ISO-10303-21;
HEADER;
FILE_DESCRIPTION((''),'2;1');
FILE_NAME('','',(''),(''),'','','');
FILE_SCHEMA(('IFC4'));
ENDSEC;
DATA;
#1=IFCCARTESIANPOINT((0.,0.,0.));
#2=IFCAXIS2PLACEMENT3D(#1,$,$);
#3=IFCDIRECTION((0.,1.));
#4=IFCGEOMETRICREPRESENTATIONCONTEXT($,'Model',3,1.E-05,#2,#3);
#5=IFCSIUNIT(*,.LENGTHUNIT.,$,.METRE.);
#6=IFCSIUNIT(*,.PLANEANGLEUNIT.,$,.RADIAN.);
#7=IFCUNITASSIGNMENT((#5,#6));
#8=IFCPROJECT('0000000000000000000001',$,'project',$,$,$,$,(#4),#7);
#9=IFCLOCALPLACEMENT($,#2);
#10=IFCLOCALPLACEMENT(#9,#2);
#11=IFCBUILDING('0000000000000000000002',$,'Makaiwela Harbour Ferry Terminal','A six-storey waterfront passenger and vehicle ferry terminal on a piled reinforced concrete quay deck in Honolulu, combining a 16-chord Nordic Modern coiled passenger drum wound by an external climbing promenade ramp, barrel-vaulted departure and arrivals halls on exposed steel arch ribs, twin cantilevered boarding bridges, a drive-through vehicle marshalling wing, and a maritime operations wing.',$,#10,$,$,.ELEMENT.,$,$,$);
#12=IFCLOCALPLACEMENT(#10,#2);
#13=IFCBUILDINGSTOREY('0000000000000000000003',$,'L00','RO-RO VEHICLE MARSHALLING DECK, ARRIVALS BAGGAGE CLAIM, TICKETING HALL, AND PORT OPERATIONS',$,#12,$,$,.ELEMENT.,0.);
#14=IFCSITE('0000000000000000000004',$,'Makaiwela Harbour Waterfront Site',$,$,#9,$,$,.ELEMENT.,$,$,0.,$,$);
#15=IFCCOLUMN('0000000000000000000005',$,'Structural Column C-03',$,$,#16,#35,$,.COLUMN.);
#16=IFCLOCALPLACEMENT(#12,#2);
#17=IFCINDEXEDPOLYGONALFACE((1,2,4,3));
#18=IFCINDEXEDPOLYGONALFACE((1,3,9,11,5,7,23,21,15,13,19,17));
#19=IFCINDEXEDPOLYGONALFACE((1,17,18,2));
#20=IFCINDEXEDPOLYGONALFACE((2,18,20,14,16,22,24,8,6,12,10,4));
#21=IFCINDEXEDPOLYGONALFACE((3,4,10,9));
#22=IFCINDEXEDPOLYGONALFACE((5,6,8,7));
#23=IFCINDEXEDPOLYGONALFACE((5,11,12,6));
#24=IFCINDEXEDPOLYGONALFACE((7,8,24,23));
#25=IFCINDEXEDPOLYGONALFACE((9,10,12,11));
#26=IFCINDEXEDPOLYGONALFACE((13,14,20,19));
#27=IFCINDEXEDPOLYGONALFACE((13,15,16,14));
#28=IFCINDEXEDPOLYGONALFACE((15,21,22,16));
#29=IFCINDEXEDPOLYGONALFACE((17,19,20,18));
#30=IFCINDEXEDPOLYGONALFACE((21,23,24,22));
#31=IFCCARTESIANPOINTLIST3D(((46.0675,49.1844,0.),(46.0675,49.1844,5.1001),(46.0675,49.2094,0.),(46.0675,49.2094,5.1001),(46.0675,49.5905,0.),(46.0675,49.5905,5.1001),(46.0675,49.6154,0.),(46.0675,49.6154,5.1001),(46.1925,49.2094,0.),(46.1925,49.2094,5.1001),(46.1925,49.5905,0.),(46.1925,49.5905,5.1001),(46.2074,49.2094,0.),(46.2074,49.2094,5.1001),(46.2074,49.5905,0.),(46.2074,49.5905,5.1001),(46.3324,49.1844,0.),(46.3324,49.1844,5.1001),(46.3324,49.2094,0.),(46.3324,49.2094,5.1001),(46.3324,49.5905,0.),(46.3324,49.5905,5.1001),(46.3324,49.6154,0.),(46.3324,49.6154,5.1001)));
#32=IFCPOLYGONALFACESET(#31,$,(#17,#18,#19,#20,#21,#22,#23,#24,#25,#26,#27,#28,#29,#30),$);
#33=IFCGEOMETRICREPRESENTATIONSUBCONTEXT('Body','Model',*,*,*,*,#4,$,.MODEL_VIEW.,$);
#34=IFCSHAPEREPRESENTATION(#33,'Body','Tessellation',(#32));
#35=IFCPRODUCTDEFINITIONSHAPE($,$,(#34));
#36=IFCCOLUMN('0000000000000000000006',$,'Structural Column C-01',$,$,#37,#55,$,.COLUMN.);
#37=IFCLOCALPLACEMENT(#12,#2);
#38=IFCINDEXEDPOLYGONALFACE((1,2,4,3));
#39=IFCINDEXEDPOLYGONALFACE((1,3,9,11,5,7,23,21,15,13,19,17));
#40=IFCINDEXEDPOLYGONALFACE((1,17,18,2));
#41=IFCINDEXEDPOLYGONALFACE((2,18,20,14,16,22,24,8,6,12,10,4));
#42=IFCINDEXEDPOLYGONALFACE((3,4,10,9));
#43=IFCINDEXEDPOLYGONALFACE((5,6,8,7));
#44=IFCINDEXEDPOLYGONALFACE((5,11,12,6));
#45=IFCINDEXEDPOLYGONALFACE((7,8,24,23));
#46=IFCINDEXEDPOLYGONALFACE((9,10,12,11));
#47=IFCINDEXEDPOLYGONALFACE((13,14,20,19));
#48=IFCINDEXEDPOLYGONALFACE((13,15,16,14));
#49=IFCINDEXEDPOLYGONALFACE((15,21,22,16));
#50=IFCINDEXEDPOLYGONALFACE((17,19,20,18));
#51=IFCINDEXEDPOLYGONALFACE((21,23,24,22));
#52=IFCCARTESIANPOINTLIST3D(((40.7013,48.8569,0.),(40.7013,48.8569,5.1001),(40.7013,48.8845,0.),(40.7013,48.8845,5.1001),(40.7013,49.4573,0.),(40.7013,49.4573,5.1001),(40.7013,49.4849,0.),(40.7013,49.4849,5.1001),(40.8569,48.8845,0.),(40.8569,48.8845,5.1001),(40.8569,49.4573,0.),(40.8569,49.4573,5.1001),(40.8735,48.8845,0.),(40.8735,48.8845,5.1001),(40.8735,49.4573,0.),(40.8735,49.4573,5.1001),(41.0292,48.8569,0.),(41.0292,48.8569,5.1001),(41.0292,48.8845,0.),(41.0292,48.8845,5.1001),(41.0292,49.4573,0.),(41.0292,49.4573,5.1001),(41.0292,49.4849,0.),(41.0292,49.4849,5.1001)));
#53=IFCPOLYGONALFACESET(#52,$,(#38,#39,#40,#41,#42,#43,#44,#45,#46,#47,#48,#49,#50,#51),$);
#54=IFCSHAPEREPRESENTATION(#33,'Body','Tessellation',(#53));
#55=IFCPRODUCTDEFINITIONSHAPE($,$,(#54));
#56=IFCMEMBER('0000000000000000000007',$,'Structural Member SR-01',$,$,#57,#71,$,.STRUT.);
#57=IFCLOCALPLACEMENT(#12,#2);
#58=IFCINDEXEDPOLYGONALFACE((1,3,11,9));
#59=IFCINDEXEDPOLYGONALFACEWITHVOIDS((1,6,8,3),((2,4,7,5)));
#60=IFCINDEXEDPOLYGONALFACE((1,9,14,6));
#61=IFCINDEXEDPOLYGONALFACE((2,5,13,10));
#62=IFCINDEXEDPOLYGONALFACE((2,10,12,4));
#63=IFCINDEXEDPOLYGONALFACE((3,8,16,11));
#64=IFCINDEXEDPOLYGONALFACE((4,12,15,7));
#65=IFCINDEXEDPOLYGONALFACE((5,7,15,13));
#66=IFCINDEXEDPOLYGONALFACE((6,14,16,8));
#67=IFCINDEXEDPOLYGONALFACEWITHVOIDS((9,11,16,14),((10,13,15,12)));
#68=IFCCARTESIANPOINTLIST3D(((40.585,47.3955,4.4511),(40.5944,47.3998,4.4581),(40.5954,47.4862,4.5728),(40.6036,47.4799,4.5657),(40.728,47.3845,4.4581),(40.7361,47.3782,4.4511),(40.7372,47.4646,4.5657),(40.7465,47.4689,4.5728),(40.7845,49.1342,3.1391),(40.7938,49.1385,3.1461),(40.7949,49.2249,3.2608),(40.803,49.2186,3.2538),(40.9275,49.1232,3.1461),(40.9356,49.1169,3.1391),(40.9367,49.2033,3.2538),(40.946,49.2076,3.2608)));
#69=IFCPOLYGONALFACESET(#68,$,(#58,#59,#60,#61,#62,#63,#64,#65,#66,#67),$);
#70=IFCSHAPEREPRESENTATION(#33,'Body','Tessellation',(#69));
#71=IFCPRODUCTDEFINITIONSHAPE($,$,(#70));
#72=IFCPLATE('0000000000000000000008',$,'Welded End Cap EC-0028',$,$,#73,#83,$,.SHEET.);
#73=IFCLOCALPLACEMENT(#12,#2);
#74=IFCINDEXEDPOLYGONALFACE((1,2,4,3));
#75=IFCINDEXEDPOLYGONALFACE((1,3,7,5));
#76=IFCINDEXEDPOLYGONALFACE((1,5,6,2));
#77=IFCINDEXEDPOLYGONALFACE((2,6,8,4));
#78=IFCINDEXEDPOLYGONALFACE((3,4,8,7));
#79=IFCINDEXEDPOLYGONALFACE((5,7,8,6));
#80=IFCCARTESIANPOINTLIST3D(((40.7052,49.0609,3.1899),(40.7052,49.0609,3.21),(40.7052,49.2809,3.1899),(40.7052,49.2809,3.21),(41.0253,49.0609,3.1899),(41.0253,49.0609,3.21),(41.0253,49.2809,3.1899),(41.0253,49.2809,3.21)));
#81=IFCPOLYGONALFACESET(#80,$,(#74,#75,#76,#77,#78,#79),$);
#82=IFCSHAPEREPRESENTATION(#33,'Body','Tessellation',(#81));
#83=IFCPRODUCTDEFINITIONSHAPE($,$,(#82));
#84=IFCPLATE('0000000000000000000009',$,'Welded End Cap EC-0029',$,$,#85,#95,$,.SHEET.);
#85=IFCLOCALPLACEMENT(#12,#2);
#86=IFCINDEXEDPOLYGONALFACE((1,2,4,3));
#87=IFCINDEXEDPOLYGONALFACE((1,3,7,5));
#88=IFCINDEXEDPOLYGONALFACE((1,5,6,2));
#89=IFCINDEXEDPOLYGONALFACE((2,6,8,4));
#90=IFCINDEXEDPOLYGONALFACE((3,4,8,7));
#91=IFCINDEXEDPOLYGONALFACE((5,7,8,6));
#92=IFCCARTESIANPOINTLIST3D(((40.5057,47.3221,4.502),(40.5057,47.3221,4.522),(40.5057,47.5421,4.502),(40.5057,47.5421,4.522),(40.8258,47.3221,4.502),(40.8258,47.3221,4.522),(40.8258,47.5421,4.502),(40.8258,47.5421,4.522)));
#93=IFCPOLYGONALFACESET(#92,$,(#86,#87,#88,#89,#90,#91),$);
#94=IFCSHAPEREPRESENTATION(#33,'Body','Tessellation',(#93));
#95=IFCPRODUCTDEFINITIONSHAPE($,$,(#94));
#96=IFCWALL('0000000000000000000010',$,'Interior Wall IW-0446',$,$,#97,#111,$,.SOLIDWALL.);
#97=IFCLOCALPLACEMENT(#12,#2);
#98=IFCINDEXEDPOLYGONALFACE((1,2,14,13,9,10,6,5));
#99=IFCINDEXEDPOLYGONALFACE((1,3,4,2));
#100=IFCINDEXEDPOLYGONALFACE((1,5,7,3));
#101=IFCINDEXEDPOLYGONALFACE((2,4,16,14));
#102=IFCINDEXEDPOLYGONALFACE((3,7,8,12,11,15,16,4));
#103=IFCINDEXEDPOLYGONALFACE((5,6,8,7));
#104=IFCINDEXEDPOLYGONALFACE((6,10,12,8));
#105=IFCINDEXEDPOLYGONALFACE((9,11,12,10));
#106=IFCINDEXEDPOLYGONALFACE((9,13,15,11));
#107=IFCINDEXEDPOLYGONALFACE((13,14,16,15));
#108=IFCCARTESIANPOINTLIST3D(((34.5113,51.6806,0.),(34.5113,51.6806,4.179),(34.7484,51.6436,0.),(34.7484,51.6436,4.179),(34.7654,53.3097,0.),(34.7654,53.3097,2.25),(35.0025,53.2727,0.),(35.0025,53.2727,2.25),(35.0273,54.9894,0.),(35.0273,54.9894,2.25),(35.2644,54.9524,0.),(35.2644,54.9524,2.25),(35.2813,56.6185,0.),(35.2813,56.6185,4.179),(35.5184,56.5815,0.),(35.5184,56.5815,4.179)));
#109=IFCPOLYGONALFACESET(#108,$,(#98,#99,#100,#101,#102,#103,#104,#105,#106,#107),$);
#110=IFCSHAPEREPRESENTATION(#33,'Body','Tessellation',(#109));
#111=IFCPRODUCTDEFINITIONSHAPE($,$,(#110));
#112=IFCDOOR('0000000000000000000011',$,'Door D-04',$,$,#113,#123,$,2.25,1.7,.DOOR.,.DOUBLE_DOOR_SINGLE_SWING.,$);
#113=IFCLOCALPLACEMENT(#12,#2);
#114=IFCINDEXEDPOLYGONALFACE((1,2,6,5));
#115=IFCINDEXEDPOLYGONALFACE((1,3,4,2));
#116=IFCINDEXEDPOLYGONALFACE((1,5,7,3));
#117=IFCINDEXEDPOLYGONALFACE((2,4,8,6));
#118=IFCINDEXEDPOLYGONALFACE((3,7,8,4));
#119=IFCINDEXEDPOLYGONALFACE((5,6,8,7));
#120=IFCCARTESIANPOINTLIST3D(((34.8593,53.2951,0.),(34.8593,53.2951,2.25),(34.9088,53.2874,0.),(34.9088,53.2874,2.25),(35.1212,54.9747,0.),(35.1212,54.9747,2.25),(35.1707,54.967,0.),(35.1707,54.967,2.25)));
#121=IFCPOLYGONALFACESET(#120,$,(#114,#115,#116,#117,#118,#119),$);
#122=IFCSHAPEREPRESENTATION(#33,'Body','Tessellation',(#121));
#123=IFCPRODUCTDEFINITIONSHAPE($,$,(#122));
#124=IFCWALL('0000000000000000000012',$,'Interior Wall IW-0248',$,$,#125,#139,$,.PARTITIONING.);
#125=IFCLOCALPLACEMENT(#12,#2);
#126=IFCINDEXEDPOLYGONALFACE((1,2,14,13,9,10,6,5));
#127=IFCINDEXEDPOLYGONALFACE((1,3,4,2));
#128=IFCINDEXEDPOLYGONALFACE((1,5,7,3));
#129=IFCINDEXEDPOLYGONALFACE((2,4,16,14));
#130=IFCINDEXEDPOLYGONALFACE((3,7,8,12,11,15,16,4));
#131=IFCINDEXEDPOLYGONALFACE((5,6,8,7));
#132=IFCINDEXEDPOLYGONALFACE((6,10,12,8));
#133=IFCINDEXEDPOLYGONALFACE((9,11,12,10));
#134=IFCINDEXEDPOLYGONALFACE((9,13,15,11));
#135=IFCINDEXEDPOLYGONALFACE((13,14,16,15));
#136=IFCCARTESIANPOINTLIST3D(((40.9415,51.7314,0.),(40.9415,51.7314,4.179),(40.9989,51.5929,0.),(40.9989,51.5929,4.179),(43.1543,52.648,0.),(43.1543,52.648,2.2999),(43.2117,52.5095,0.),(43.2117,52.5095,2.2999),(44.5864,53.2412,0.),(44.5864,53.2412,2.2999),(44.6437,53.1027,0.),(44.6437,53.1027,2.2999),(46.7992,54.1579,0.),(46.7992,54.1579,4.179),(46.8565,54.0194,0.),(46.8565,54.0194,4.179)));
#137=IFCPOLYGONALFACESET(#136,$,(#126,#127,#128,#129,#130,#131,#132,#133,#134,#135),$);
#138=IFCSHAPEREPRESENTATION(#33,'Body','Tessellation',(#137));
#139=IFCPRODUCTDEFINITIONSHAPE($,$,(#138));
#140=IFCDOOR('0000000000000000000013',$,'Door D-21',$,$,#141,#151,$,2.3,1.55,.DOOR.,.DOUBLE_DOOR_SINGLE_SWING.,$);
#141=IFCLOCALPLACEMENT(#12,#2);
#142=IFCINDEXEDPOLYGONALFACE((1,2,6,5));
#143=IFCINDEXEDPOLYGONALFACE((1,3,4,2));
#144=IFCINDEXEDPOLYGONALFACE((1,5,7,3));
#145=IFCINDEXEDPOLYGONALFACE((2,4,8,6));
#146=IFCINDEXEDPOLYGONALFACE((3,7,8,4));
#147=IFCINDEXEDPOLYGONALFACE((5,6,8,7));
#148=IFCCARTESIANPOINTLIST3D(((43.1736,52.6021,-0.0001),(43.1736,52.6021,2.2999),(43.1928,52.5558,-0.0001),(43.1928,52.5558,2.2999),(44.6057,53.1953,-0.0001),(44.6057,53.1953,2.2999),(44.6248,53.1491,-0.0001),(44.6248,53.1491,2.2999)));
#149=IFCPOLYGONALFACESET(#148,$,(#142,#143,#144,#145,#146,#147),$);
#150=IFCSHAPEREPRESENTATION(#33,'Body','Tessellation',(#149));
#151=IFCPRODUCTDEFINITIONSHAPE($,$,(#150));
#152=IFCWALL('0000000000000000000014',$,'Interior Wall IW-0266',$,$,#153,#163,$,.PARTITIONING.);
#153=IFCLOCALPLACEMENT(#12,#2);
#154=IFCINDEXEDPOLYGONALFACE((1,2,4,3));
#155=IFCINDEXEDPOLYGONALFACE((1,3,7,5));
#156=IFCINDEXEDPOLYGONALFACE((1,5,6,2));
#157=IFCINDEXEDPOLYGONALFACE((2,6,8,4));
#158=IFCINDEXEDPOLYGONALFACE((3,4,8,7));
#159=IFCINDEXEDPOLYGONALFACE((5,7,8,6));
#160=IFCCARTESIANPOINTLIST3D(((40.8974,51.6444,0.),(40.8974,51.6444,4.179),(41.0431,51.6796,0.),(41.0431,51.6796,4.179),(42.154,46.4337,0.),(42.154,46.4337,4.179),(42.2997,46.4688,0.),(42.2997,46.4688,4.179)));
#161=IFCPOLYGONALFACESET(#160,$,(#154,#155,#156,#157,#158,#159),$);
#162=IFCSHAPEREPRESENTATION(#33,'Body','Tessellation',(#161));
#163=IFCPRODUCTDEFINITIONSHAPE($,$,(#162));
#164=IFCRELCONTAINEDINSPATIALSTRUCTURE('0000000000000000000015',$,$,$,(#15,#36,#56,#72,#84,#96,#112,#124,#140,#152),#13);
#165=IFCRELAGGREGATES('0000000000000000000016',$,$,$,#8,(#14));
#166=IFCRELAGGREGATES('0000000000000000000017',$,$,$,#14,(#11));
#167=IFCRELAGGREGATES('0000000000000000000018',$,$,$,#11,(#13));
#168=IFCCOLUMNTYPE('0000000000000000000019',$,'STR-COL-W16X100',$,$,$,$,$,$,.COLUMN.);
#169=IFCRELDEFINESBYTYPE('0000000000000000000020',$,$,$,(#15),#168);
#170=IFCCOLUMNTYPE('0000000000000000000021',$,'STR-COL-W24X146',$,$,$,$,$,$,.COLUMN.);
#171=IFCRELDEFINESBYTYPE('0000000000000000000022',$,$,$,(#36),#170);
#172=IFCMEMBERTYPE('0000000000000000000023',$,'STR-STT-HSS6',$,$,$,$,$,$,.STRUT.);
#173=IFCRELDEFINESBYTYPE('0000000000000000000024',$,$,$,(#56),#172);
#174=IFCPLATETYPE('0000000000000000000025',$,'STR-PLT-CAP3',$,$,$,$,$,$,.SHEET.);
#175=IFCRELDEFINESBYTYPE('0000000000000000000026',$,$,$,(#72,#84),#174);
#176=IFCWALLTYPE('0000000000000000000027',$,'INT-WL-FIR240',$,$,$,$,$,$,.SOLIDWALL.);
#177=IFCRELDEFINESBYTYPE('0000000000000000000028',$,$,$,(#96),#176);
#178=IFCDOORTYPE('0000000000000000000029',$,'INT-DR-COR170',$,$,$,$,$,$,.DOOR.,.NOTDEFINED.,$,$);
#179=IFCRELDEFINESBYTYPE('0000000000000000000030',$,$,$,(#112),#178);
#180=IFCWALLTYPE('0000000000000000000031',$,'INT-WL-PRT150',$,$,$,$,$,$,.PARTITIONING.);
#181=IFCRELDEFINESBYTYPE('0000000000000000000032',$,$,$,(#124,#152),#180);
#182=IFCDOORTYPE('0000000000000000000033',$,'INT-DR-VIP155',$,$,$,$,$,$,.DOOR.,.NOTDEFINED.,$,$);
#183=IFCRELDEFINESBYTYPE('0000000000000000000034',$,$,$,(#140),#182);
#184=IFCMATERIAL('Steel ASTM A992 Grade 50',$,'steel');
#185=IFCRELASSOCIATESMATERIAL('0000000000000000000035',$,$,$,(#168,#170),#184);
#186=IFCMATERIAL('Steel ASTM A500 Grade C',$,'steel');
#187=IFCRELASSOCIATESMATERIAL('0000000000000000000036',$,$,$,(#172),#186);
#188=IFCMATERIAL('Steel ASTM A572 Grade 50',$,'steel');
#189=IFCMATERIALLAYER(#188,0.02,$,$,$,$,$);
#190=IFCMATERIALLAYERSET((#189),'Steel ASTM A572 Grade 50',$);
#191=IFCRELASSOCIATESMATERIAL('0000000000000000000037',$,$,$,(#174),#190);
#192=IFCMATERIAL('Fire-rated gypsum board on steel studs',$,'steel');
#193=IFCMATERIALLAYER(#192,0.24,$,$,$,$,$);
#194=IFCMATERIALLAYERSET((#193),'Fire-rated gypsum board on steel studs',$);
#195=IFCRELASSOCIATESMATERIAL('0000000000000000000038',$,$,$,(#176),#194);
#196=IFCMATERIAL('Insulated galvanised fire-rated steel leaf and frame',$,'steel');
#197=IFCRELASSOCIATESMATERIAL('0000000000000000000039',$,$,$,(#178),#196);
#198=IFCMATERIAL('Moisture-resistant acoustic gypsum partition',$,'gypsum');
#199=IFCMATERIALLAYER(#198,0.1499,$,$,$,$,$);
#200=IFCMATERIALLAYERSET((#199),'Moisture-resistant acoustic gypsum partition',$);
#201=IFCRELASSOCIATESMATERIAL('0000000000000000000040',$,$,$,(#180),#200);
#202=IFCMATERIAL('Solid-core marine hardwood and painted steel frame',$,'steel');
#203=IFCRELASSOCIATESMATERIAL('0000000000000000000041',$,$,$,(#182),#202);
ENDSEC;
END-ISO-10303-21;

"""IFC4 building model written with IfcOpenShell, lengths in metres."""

from ifc_helpers import new_model, si_unit, direction, frame, frame_2d, origin, origin_2d, place, context, subcontext, project, spatial, rectangle, hollow_rectangle, i_section, extrude, material, layer, layer_set, material_profile, profile_set, type_object, element, fill, save


model = new_model("IFC4")

# Units and contexts
model_context = context("Model", 3, precision=1e-05, world=origin(), true_north=direction((0.0, 1.0)))
body_context = subcontext(model_context, "Body", "Model", "MODEL_VIEW")
ifc_project = project(units=[si_unit("LENGTHUNIT", "METRE"), si_unit("PLANEANGLEUNIT", "RADIAN")], contexts=[model_context])

# Site, building, storey
site_placement = place(None, origin())
site = spatial("IfcSite", under=ifc_project, at=site_placement, Name="Makaiwela Harbour Waterfront Site", CompositionType="ELEMENT", RefElevation=0.0)
building_placement = place(site_placement, origin())
building = spatial("IfcBuilding", under=site, at=building_placement, Name="Makaiwela Harbour Ferry Terminal", Description="A six-storey waterfront passenger and vehicle ferry terminal on a piled reinforced concrete quay deck in Honolulu, combining a 16-chord Nordic Modern coiled passenger drum wound by an external climbing promenade ramp, barrel-vaulted departure and arrivals halls on exposed steel arch ribs, twin cantilevered boarding bridges, a drive-through vehicle marshalling wing, and a maritime operations wing.", CompositionType="ELEMENT")
storey_placement = place(building_placement, origin())
storey = spatial("IfcBuildingStorey", under=building, at=storey_placement, Name="L00", Description="RO-RO VEHICLE MARSHALLING DECK, ARRIVALS BAGGAGE CLAIM, TICKETING HALL, AND PORT OPERATIONS", CompositionType="ELEMENT", Elevation=0.0)

# Columns
ifc_material_1 = material(Name="Steel ASTM A992 Grade 50", Category="steel")
ifc_material_profile_1 = material_profile(ifc_material_1, i_section(OverallWidth=0.2649, OverallDepth=0.4309, WebThickness=0.0149, FlangeThickness=0.0249, at=origin_2d()), Name="W16X100")
ifc_profile_set_1 = profile_set([ifc_material_profile_1], Name="Steel ASTM A992 Grade 50")
column_type_1 = type_object("IfcColumnType", Name="STR-COL-W16X100", PredefinedType="COLUMN", material=ifc_profile_set_1)
for number, where, z_axis, x_axis, name in (
    (1, (46.2, 49.3999, 0.0), (0.0, 0.0, 1.0), (1.0, 0.0, 0.0), "Structural Column C-03"),
):
    element("IfcColumn", number, at=place(storey_placement, frame(where, z_axis=z_axis, x_axis=x_axis)), inside=storey, type_object=column_type_1, Name=name, PredefinedType="COLUMN", context=body_context, shape_type="SweptSolid", body=[
        extrude(i_section(OverallWidth=0.2649, OverallDepth=0.4309, WebThickness=0.0149, FlangeThickness=0.0249, at=origin_2d()), origin(), (0.0, 0.0, 1.0), 5.1001),
    ])
ifc_material_profile_2 = material_profile(ifc_material_1, i_section(OverallWidth=0.3279, OverallDepth=0.6279, WebThickness=0.0166, FlangeThickness=0.0276, at=origin_2d()), Name="W24X146")
ifc_profile_set_2 = profile_set([ifc_material_profile_2], Name="Steel ASTM A992 Grade 50")
column_type_2 = type_object("IfcColumnType", Name="STR-COL-W24X146", PredefinedType="COLUMN", material=ifc_profile_set_2)
column_placement = place(storey_placement, frame((40.8652, 49.1709, 0.0), z_axis=(0.0, 0.0, 1.0), x_axis=(1.0, 0.0, 0.0)))
element("IfcColumn", 2, at=column_placement, inside=storey, type_object=column_type_2, Name="Structural Column C-01", PredefinedType="COLUMN", context=body_context, shape_type="SweptSolid", body=[
    extrude(i_section(OverallWidth=0.3279, OverallDepth=0.6279, WebThickness=0.0166, FlangeThickness=0.0276, at=origin_2d()), origin(), (0.0, 0.0, 1.0), 5.1001),
])

# Member
ifc_material_2 = material(Name="Steel ASTM A500 Grade C", Category="steel")
ifc_material_profile_3 = material_profile(ifc_material_2, hollow_rectangle(XDim=0.1521, YDim=0.1521, WallThickness=0.0088, at=origin_2d()), Name="HSS6X6X3/8")
ifc_profile_set_3 = profile_set([ifc_material_profile_3], Name="Steel ASTM A500 Grade C")
member_type = type_object("IfcMemberType", Name="STR-STT-HSS6", PredefinedType="STRUT", material=ifc_profile_set_3)
member_placement = place(storey_placement, frame((40.8652, 49.1709, 3.2), z_axis=(-0.091189, -0.794922, 0.599819), x_axis=(0.993484, -0.113968, 0.0)))
element("IfcMember", 3, at=member_placement, inside=storey, type_object=member_type, Name="Structural Member SR-01", PredefinedType="STRUT", context=body_context, shape_type="SweptSolid", body=[
    extrude(hollow_rectangle(XDim=0.1521, YDim=0.1521, WallThickness=0.0088, at=origin_2d()), origin(), (0.0, 0.0, 1.0), 2.1873),
])

# Plates
ifc_material_3 = material(Name="Steel ASTM A572 Grade 50", Category="steel")
ifc_layer_1 = layer(ifc_material_3, 0.02)
ifc_layer_set_1 = layer_set([ifc_layer_1], Name="Steel ASTM A572 Grade 50")
plate_type = type_object("IfcPlateType", Name="STR-PLT-CAP3", PredefinedType="SHEET", material=ifc_layer_set_1)
for number, where, z_axis, x_axis, name in (
    (4, (40.8652, 49.1709, 3.1899), (0.0, 0.0, 1.0), (1.0, 0.0, 0.0), "Welded End Cap EC-0028"),
    (5, (40.6658, 47.4321, 4.502), (0.0, 0.0, 1.0), (1.0, 0.0, 0.0), "Welded End Cap EC-0029"),
):
    element("IfcPlate", number, at=place(storey_placement, frame(where, z_axis=z_axis, x_axis=x_axis)), inside=storey, type_object=plate_type, Name=name, PredefinedType="SHEET", context=body_context, shape_type="SweptSolid", body=[
        extrude(rectangle(XDim=0.3201, YDim=0.22, at=origin_2d()), origin(), (0.0, 0.0, 1.0), 0.02),
    ])

# Walls, openings, doors
ifc_material_4 = material(Name="Fire-rated gypsum board on steel studs", Category="steel")
ifc_layer_2 = layer(ifc_material_4, 0.24)
ifc_layer_set_2 = layer_set([ifc_layer_2], Name="Fire-rated gypsum board on steel studs")
wall_type_1 = type_object("IfcWallType", Name="INT-WL-FIR240", PredefinedType="SOLIDWALL", material=ifc_layer_set_2)
wall_1_placement = place(storey_placement, frame((34.6299, 51.6621, 0.0), z_axis=(0.0, 0.0, 1.0), x_axis=(0.154076, 0.988059, 0.0)))
wall_1 = element("IfcWall", 6, at=wall_1_placement, inside=storey, type_object=wall_type_1, Name="Interior Wall IW-0446", PredefinedType="SOLIDWALL", context=body_context, shape_type="SweptSolid", body=[
    extrude(rectangle(XDim=4.9976, YDim=0.24, at=frame_2d((2.4988, 0.0))), origin(), (0.0, 0.0, 1.0), 4.179),
])
opening_1_placement = place(wall_1_placement, frame((1.6487, 0.0, 0.0)))
opening_1 = element("IfcOpeningElement", 7, at=opening_1_placement, cuts=wall_1, PredefinedType="OPENING", context=body_context, shape_type="SweptSolid", body=[
    extrude(rectangle(XDim=1.7, YDim=2.25, at=frame_2d((0.8501, 1.125))), frame((0.0, 0.1299, 0.0), z_axis=(0.0, -1.0, 0.0), x_axis=(1.0, 0.0, 0.0)), (0.0, 0.0, 1.0), 0.26),
])
ifc_material_5 = material(Name="Insulated galvanised fire-rated steel leaf and frame", Category="steel")
door_type_1 = type_object("IfcDoorType", Name="INT-DR-COR170", OperationType="NOTDEFINED", PredefinedType="DOOR", material=ifc_material_5)
door_1_placement = place(opening_1_placement, origin())
door_1 = element("IfcDoor", 8, at=door_1_placement, inside=storey, type_object=door_type_1, Name="Door D-04", OperationType="DOUBLE_DOOR_SINGLE_SWING", OverallHeight=2.25, OverallWidth=1.7, PredefinedType="DOOR", context=body_context, shape_type="SweptSolid", body=[
    extrude(rectangle(XDim=1.7, YDim=2.25, at=frame_2d((0.8501, 1.125))), frame((0.0, 0.0249, 0.0), z_axis=(0.0, -1.0, 0.0), x_axis=(1.0, 0.0, 0.0)), (0.0, 0.0, 1.0), 0.05),
])
fill(opening_1, door_1)
ifc_material_6 = material(Name="Moisture-resistant acoustic gypsum partition", Category="gypsum")
ifc_layer_3 = layer(ifc_material_6, 0.1499)
ifc_layer_set_3 = layer_set([ifc_layer_3], Name="Moisture-resistant acoustic gypsum partition")
wall_type_2 = type_object("IfcWallType", Name="INT-WL-PRT150", PredefinedType="PARTITIONING", material=ifc_layer_set_3)
wall_2_placement = place(storey_placement, frame((40.9702, 51.6621, 0.0), z_axis=(0.0, 0.0, 1.0), x_axis=(0.923869, 0.382709, 0.0)))
wall_2 = element("IfcWall", 9, at=wall_2_placement, inside=storey, type_object=wall_type_2, Name="Interior Wall IW-0248", PredefinedType="PARTITIONING", context=body_context, shape_type="SweptSolid", body=[
    extrude(rectangle(XDim=6.3403, YDim=0.1499, at=frame_2d((3.1702, 0.0))), origin(), (0.0, 0.0, 1.0), 4.179),
])
opening_2_placement = place(wall_2_placement, frame((2.3953, 0.0, 0.0)))
opening_2 = element("IfcOpeningElement", 10, at=opening_2_placement, cuts=wall_2, PredefinedType="OPENING", context=body_context, shape_type="SweptSolid", body=[
    extrude(rectangle(XDim=1.55, YDim=2.3, at=frame_2d((0.7749, 1.1499))), frame((0.0, 0.085, 0.0), z_axis=(0.0, -1.0, 0.0), x_axis=(1.0, 0.0, 0.0)), (0.0, 0.0, 1.0), 0.1699),
])
ifc_material_7 = material(Name="Solid-core marine hardwood and painted steel frame", Category="steel")
door_type_2 = type_object("IfcDoorType", Name="INT-DR-VIP155", OperationType="NOTDEFINED", PredefinedType="DOOR", material=ifc_material_7)
door_2_placement = place(opening_2_placement, frame((1.55, 0.0, 0.0), z_axis=(0.0, 0.0, 1.0), x_axis=(-1.0, 0.0, 0.0)))
door_2 = element("IfcDoor", 11, at=door_2_placement, inside=storey, type_object=door_type_2, Name="Door D-21", OperationType="DOUBLE_DOOR_SINGLE_SWING", OverallHeight=2.3, OverallWidth=1.55, PredefinedType="DOOR", context=body_context, shape_type="SweptSolid", body=[
    extrude(rectangle(XDim=1.55, YDim=2.3, at=frame_2d((0.7749, 1.1499))), frame((0.0, 0.0249, 0.0), z_axis=(0.0, -1.0, 0.0), x_axis=(1.0, 0.0, 0.0)), (0.0, 0.0, 1.0), 0.05),
])
fill(opening_2, door_2)

# Wall
wall_3_placement = place(storey_placement, frame((40.9702, 51.6621, 0.0), z_axis=(0.0, 0.0, 1.0), x_axis=(0.234436, -0.972132, 0.0)))
element("IfcWall", 12, at=wall_3_placement, inside=storey, type_object=wall_type_2, Name="Interior Wall IW-0266", PredefinedType="PARTITIONING", context=body_context, shape_type="SweptSolid", body=[
    extrude(rectangle(XDim=5.3601, YDim=0.1499, at=frame_2d((2.6802, 0.0))), origin(), (0.0, 0.0, 1.0), 4.179),
])

save(model, "model.ifc")
